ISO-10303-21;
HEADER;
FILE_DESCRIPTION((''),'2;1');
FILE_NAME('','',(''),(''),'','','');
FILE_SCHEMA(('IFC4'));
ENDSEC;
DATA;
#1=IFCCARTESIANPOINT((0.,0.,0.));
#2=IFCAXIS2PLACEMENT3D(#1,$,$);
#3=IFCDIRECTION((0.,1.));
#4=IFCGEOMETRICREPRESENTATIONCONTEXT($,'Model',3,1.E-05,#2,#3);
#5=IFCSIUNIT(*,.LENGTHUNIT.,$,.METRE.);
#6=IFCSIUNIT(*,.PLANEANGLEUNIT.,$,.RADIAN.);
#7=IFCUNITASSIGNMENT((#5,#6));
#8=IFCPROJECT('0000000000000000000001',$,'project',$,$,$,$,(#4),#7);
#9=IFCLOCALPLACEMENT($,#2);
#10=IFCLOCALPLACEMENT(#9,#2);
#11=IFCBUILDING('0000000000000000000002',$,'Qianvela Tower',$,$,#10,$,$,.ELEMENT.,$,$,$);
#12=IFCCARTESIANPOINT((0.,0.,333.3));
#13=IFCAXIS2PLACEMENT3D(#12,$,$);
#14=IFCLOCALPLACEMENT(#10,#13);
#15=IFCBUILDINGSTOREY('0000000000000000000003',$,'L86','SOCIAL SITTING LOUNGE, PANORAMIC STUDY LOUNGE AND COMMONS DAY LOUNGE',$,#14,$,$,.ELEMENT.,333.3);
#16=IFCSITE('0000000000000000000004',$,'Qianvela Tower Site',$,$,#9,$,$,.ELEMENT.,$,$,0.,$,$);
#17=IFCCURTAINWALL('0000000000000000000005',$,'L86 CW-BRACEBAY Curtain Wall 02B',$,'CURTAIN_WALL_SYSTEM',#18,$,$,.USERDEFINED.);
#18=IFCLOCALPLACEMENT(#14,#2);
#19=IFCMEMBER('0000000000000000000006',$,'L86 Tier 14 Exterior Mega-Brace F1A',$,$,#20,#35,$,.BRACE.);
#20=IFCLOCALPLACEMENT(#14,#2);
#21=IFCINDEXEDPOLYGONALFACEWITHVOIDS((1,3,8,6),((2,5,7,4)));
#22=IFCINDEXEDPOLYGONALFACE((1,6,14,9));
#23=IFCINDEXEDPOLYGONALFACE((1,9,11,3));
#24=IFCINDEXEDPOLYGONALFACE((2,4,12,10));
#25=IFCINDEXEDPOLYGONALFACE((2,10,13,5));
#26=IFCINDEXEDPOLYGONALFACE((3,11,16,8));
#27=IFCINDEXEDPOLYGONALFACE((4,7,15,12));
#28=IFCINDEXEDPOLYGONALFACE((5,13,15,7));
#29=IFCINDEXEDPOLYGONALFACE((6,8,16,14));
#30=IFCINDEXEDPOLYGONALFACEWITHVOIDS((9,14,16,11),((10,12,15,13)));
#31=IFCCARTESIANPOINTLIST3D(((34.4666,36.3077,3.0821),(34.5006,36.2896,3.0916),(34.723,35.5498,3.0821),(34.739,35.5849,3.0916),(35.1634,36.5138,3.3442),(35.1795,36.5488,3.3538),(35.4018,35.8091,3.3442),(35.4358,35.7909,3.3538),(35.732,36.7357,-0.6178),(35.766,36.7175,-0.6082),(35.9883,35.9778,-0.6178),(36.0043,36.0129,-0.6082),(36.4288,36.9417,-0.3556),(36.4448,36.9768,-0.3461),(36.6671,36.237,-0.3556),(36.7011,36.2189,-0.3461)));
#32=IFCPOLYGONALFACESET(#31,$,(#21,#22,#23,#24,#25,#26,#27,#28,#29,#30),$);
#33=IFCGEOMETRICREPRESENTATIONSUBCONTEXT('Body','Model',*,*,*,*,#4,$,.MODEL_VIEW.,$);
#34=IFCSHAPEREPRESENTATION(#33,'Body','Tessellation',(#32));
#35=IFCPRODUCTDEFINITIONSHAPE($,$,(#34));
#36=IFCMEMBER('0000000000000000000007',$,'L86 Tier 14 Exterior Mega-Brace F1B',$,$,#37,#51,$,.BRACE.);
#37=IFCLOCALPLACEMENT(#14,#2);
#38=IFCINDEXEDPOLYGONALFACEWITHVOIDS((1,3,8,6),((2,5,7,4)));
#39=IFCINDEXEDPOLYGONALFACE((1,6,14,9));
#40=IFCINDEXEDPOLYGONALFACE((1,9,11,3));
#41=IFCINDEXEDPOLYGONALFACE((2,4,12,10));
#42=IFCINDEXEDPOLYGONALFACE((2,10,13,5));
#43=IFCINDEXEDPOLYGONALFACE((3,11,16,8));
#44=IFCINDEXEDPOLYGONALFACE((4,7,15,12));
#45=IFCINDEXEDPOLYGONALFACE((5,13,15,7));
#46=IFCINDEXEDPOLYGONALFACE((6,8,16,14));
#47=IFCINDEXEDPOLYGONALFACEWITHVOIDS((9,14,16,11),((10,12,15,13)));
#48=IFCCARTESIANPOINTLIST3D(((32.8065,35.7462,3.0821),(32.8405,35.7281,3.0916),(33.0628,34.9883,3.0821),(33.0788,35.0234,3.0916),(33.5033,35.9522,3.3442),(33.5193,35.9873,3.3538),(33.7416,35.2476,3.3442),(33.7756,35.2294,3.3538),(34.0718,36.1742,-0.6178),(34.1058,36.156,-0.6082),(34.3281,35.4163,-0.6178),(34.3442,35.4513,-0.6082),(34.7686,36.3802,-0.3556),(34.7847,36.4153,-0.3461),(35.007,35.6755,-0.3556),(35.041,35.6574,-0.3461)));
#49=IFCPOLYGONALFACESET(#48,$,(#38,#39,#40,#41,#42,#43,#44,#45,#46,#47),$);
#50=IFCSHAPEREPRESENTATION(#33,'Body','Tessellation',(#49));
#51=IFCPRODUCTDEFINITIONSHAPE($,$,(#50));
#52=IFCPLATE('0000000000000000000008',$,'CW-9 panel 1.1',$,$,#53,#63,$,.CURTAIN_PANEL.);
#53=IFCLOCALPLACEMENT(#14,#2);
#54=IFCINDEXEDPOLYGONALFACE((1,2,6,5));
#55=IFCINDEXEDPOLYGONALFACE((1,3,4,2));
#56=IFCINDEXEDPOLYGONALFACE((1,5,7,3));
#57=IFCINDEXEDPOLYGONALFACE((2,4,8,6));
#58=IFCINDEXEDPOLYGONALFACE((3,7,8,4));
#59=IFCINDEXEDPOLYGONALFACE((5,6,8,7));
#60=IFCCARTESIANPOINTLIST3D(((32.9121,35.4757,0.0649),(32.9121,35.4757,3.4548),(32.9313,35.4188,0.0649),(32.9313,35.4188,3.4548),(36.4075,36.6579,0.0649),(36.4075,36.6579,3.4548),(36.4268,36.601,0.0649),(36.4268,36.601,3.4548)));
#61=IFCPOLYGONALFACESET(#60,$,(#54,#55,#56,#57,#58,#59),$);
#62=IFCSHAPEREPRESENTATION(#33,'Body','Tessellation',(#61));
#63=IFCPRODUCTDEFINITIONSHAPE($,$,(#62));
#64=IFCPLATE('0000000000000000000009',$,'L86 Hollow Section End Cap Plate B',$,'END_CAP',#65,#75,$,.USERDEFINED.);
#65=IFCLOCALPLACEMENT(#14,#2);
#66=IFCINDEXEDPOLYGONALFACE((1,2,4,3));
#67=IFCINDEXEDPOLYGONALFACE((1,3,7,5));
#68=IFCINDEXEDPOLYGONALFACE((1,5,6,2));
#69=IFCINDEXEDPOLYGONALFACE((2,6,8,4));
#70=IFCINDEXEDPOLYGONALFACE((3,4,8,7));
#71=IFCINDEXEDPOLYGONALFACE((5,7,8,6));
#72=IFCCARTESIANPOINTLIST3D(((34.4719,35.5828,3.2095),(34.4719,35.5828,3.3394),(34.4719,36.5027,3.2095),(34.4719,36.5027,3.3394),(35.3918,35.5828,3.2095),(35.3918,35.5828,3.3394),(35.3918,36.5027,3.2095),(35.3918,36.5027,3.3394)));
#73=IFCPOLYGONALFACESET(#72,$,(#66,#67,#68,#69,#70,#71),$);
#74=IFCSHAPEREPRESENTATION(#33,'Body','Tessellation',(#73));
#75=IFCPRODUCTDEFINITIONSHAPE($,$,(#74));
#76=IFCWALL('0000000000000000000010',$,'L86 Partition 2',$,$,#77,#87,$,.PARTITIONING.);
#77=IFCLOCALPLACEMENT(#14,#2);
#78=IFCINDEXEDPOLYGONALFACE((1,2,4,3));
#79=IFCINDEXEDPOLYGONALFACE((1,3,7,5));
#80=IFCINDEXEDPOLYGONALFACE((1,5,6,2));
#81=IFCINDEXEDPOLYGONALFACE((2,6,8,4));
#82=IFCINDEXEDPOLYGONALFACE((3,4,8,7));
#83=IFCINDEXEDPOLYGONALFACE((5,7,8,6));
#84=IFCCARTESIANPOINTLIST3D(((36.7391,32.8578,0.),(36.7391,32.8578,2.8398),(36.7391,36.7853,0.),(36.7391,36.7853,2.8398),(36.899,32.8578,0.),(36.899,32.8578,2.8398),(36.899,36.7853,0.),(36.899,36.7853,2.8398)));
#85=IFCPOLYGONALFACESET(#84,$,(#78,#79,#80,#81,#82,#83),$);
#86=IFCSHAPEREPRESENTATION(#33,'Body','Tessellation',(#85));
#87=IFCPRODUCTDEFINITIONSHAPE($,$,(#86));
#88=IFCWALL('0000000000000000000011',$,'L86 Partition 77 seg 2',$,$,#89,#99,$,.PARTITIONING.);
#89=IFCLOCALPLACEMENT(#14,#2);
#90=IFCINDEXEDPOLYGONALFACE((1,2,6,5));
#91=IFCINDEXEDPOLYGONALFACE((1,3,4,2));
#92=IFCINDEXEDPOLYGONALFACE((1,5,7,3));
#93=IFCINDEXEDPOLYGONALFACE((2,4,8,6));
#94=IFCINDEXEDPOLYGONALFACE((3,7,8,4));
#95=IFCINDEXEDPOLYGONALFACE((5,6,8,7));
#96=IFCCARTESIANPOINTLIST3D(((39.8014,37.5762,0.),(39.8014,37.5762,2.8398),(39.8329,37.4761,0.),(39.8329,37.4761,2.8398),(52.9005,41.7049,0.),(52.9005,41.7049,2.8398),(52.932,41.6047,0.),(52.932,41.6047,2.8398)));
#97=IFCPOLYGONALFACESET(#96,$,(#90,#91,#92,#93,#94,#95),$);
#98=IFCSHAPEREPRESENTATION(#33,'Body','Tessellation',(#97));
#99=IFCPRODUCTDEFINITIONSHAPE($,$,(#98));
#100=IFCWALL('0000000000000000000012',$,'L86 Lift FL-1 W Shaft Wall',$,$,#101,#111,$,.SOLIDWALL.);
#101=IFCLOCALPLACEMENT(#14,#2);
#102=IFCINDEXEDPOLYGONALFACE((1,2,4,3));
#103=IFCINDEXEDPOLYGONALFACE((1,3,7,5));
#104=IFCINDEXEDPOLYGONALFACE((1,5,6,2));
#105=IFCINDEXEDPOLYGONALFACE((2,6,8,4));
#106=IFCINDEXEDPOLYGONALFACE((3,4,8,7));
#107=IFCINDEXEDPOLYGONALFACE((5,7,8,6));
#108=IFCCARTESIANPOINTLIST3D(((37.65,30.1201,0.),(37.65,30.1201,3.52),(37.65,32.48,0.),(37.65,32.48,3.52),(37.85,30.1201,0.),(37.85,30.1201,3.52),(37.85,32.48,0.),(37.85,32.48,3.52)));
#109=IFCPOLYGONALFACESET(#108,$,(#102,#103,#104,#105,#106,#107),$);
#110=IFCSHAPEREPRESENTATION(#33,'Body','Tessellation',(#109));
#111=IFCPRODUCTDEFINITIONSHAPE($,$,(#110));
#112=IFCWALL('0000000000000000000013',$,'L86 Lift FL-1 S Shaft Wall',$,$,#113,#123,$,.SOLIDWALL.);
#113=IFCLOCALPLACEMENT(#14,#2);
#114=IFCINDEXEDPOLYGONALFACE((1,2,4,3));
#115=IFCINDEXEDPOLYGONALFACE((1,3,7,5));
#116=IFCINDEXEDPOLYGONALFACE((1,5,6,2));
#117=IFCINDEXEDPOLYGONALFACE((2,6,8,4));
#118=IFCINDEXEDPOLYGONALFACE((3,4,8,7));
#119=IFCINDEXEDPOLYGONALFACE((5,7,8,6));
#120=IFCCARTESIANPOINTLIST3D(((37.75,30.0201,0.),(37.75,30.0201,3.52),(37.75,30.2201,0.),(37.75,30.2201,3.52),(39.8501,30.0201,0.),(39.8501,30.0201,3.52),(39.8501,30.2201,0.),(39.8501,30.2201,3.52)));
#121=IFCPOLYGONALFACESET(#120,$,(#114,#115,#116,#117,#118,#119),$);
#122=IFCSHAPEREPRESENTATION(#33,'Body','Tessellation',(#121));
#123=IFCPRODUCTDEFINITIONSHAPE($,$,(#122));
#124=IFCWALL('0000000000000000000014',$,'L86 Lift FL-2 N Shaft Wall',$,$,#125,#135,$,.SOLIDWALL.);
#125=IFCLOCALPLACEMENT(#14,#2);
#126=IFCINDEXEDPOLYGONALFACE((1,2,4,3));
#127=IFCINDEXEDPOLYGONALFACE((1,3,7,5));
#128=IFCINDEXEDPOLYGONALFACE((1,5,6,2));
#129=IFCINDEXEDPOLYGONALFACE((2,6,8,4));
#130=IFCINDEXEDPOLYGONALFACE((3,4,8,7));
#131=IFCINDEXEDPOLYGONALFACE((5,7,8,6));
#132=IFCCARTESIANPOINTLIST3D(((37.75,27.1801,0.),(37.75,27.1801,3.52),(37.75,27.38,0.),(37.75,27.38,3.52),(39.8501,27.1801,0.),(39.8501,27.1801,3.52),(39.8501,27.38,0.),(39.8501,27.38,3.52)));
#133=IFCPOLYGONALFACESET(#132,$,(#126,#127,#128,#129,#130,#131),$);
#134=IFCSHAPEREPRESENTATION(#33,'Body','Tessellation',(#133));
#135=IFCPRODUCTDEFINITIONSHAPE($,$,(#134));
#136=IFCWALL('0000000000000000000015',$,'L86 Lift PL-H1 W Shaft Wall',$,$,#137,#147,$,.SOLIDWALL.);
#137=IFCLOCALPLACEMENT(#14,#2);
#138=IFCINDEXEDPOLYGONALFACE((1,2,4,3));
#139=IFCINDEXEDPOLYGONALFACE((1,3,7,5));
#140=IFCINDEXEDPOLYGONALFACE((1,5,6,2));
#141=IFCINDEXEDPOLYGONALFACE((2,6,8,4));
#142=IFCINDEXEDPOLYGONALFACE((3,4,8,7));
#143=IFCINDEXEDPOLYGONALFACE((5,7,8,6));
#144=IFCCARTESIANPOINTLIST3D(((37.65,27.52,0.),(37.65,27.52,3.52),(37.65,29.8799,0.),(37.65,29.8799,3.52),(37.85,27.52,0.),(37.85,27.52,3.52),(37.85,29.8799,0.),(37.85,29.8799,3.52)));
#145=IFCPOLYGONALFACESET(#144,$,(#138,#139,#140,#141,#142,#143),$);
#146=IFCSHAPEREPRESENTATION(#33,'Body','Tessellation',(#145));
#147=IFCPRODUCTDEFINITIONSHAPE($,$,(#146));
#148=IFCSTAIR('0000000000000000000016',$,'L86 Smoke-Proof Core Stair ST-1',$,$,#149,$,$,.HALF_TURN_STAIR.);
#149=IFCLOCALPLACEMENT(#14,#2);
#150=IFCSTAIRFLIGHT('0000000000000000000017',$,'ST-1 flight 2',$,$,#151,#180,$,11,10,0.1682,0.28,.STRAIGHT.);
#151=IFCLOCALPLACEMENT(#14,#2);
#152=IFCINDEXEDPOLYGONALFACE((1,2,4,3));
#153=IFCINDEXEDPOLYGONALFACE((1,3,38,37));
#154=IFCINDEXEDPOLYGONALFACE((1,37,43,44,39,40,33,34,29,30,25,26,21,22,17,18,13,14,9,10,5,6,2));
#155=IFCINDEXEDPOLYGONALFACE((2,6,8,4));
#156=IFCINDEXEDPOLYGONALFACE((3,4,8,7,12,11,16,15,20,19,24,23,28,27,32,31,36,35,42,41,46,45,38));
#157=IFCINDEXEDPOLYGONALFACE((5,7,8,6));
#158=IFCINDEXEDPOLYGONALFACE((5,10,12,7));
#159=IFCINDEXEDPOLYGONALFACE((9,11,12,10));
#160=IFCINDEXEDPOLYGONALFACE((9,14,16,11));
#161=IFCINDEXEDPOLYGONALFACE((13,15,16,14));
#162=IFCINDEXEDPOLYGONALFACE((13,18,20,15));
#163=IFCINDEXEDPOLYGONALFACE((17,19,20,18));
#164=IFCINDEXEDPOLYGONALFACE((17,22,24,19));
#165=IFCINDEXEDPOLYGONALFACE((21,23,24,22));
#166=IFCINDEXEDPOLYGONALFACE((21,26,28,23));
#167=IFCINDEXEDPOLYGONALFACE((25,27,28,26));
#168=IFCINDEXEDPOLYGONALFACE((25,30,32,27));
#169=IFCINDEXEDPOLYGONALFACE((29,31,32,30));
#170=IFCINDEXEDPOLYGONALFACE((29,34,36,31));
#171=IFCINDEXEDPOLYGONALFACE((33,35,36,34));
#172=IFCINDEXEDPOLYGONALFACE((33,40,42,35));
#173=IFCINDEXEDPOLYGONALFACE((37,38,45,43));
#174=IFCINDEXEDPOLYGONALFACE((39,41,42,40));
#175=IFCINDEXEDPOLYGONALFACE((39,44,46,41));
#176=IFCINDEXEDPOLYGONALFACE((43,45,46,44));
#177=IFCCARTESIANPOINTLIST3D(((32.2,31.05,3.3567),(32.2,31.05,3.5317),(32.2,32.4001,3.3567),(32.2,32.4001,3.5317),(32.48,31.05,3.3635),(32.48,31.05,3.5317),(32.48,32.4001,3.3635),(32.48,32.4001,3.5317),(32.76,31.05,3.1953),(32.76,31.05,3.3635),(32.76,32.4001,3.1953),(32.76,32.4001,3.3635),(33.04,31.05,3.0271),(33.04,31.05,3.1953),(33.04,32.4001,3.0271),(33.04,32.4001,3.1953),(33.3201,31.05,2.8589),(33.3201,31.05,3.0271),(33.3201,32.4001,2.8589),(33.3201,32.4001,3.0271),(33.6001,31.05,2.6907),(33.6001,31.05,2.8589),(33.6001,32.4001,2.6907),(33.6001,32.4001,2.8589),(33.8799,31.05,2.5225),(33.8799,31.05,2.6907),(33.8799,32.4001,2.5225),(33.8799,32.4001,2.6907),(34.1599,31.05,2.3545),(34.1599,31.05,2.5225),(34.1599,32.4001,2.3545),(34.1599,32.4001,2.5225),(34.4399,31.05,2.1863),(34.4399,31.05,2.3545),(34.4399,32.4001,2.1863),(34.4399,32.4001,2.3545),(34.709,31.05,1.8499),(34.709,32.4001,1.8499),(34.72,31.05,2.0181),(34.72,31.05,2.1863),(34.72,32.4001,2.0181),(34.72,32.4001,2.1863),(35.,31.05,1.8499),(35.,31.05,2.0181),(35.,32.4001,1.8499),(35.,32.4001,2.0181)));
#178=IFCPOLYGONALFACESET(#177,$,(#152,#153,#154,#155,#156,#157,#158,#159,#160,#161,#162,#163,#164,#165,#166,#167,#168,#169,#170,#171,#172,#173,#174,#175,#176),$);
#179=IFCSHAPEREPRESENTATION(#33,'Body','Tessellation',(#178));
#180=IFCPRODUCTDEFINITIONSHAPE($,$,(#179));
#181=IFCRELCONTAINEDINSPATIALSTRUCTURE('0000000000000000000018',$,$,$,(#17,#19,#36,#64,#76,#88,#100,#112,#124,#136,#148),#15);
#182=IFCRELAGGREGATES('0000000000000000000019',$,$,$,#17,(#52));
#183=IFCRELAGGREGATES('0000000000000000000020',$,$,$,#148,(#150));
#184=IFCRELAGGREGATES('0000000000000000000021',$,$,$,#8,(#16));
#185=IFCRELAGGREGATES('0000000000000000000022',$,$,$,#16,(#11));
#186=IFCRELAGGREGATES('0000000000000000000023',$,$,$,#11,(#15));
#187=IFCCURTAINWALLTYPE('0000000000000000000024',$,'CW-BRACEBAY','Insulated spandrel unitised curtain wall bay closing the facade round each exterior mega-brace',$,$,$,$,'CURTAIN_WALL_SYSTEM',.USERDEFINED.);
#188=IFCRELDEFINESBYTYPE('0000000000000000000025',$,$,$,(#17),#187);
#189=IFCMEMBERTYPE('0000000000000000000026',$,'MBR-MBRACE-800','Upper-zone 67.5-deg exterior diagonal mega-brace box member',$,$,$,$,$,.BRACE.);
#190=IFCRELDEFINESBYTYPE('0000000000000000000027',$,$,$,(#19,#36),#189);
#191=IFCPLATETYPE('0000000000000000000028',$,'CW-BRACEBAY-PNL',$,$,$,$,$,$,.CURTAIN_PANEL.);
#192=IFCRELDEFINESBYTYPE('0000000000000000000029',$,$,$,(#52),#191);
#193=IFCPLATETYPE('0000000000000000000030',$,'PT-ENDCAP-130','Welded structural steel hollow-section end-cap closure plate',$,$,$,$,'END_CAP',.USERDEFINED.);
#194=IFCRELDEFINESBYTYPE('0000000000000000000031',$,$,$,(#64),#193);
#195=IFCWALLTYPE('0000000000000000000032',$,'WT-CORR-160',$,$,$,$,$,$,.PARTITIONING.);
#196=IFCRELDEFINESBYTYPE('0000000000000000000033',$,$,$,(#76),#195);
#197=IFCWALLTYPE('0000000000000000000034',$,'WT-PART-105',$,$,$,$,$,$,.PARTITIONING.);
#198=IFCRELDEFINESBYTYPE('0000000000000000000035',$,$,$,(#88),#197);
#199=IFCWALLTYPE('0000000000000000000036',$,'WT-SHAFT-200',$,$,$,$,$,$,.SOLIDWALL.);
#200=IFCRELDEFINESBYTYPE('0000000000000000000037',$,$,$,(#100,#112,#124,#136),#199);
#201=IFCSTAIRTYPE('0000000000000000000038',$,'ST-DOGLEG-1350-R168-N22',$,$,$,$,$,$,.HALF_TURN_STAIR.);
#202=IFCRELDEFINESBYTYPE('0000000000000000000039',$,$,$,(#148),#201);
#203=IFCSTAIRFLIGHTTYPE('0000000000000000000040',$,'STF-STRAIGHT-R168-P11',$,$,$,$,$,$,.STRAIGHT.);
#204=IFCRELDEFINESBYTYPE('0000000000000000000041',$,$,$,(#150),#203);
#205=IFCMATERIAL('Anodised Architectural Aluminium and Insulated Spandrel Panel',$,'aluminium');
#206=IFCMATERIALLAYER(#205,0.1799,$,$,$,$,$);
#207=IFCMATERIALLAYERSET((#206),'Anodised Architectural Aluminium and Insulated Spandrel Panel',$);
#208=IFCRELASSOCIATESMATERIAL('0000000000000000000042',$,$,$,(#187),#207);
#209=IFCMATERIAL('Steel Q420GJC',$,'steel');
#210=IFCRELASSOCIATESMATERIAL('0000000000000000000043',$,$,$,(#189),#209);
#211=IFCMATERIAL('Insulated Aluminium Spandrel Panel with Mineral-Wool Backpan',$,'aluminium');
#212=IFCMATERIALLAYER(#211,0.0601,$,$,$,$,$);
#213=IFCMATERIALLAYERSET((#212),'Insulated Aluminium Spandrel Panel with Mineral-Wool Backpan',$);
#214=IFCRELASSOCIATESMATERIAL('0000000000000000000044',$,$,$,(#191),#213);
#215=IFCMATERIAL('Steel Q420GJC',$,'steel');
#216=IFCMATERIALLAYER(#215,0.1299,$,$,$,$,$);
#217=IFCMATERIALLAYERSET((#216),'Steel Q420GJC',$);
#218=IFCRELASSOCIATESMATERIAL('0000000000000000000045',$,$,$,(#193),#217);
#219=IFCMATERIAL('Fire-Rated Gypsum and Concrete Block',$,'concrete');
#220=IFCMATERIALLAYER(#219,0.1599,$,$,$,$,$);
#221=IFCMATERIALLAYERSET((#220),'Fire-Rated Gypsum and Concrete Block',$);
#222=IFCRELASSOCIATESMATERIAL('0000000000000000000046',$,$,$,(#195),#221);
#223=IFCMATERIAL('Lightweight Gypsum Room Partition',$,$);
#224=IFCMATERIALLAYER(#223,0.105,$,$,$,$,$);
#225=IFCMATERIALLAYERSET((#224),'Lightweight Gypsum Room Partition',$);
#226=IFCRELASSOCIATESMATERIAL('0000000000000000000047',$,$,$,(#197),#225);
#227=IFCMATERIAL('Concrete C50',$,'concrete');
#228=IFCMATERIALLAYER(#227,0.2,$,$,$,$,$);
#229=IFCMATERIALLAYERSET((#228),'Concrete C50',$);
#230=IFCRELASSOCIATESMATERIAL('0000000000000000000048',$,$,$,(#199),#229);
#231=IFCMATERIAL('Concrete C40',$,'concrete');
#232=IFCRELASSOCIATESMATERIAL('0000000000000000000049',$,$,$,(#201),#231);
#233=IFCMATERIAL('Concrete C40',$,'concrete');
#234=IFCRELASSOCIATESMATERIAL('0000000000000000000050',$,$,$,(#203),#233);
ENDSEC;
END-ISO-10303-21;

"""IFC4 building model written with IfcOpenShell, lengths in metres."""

from ifc_helpers import new_model, si_unit, direction, frame, frame_2d, origin, origin_2d, place, context, subcontext, project, spatial, polyline, rectangle, hollow_rectangle, outline, extrude, material, layer, layer_set, material_profile, profile_set, type_object, element, aggregate, save


model = new_model("IFC4")

# Units and contexts
model_context = context("Model", 3, precision=1e-05, world=origin(), true_north=direction((0.0, 1.0)))
body_context = subcontext(model_context, "Body", "Model", "MODEL_VIEW")
ifc_project = project(units=[si_unit("LENGTHUNIT", "METRE"), si_unit("PLANEANGLEUNIT", "RADIAN")], contexts=[model_context])

# Site, building, storey
site_placement = place(None, origin())
site = spatial("IfcSite", under=ifc_project, at=site_placement, Name="Qianvela Tower Site", CompositionType="ELEMENT", RefElevation=0.0)
building_placement = place(site_placement, origin())
building = spatial("IfcBuilding", under=site, at=building_placement, Name="Qianvela Tower", CompositionType="ELEMENT")
storey_placement = place(building_placement, frame((0.0, 0.0, 333.3)))
storey = spatial("IfcBuildingStorey", under=building, at=storey_placement, Name="L86", Description="SOCIAL SITTING LOUNGE, PANORAMIC STUDY LOUNGE AND COMMONS DAY LOUNGE", CompositionType="ELEMENT", Elevation=333.3)

# Curtain wall
ifc_material_1 = material(Name="Anodised Architectural Aluminium and Insulated Spandrel Panel", Category="aluminium")
ifc_layer_1 = layer(ifc_material_1, 0.1799)
ifc_layer_set_1 = layer_set([ifc_layer_1], Name="Anodised Architectural Aluminium and Insulated Spandrel Panel")
curtain_wall_type_1 = type_object("IfcCurtainWallType", Name="CW-BRACEBAY", Description="Insulated spandrel unitised curtain wall bay closing the facade round each exterior mega-brace", ElementType="CURTAIN_WALL_SYSTEM", PredefinedType="USERDEFINED", material=ifc_layer_set_1)
curtain_wall_1_placement = place(storey_placement, origin())
curtain_wall_1 = element("IfcCurtainWall", 1, at=curtain_wall_1_placement, inside=storey, type_object=curtain_wall_type_1, Name="L86 CW-BRACEBAY Curtain Wall 02B", ObjectType="CURTAIN_WALL_SYSTEM", PredefinedType="USERDEFINED")

# Members
ifc_material_2 = material(Name="Steel Q420GJC", Category="steel")
ifc_material_profile_1 = material_profile(ifc_material_2, hollow_rectangle(XDim=0.8, YDim=0.8, WallThickness=0.0281, at=origin_2d()), Name="MBOX-800x800x28")
ifc_profile_set_1 = profile_set([ifc_material_profile_1], Name="Steel Q420GJC")
member_type_1 = type_object("IfcMemberType", Name="MBR-MBRACE-800", Description="Upper-zone 67.5-deg exterior diagonal mega-brace box member", PredefinedType="BRACE", material=ifc_profile_set_1)
for number, where, z_axis, x_axis, name in (
    (2, (36.2166, 36.4773, -0.4819), (-0.321677, -0.108798, 0.940578), (0.320392, -0.947285, 0.0), "L86 Tier 14 Exterior Mega-Brace F1A"),
    (3, (34.5564, 35.9158, -0.4819), (-0.321677, -0.108798, 0.940578), (0.320392, -0.947285, 0.0), "L86 Tier 14 Exterior Mega-Brace F1B"),
):
    element("IfcMember", number, at=place(storey_placement, frame(where, z_axis=z_axis, x_axis=x_axis)), inside=storey, type_object=member_type_1, Name=name, PredefinedType="BRACE", context=body_context, shape_type="SweptSolid", body=[
        extrude(hollow_rectangle(XDim=0.8, YDim=0.8, WallThickness=0.0281, at=origin_2d()), origin(), (0.0, 0.0, 1.0), 3.9336),
    ])

# Plates
ifc_material_3 = material(Name="Insulated Aluminium Spandrel Panel with Mineral-Wool Backpan", Category="aluminium")
ifc_layer_2 = layer(ifc_material_3, 0.0601)
ifc_layer_set_2 = layer_set([ifc_layer_2], Name="Insulated Aluminium Spandrel Panel with Mineral-Wool Backpan")
plate_type_1 = type_object("IfcPlateType", Name="CW-BRACEBAY-PNL", PredefinedType="CURTAIN_PANEL", material=ifc_layer_set_2)
plate_1_placement = place(storey_placement, frame((34.6694, 36.0383, 0.0649), z_axis=(0.0, 0.0, 1.0), x_axis=(-0.947284, -0.320395, 0.0)))
plate_1 = element("IfcPlate", 4, at=plate_1_placement, type_object=plate_type_1, Name="CW-9 panel 1.1", PredefinedType="CURTAIN_PANEL", context=body_context, shape_type="SweptSolid", body=[
    extrude(rectangle(XDim=3.6899, YDim=0.0601, at=origin_2d()), origin(), (0.0, 0.0, 1.0), 3.3899),
])
aggregate(curtain_wall_1, [plate_1])
ifc_material_4 = material(Name="Steel Q420GJC", Category="steel")
ifc_layer_3 = layer(ifc_material_4, 0.1299)
ifc_layer_set_3 = layer_set([ifc_layer_3], Name="Steel Q420GJC")
plate_type_2 = type_object("IfcPlateType", Name="PT-ENDCAP-130", Description="Welded structural steel hollow-section end-cap closure plate", ElementType="END_CAP", PredefinedType="USERDEFINED", material=ifc_layer_set_3)
plate_2_placement = place(storey_placement, frame((34.9319, 36.0427, 3.2095), z_axis=(0.0, 0.0, 1.0), x_axis=(1.0, 0.0, 0.0)))
element("IfcPlate", 5, at=plate_2_placement, inside=storey, type_object=plate_type_2, Name="L86 Hollow Section End Cap Plate B", ObjectType="END_CAP", PredefinedType="USERDEFINED", context=body_context, shape_type="SweptSolid", body=[
    extrude(rectangle(XDim=0.9199, YDim=0.9199, at=origin_2d()), origin(), (0.0, 0.0, 1.0), 0.1299),
])

# Walls
ifc_material_5 = material(Name="Fire-Rated Gypsum and Concrete Block", Category="concrete")
ifc_layer_4 = layer(ifc_material_5, 0.1599)
ifc_layer_set_4 = layer_set([ifc_layer_4], Name="Fire-Rated Gypsum and Concrete Block")
wall_type_1 = type_object("IfcWallType", Name="WT-CORR-160", PredefinedType="PARTITIONING", material=ifc_layer_set_4)
wall_1_placement = place(storey_placement, frame((36.8191, 36.7854, 0.0), z_axis=(0.0, 0.0, 1.0), x_axis=(0.0, -1.0, 0.0)))
element("IfcWall", 6, at=wall_1_placement, inside=storey, type_object=wall_type_1, Name="L86 Partition 2", PredefinedType="PARTITIONING", context=body_context, shape_type="SweptSolid", body=[
    extrude(rectangle(XDim=3.9275, YDim=0.1599, at=frame_2d((1.9639, 0.0))), origin(), (0.0, 0.0, 1.0), 2.8398),
])
ifc_material_6 = material(Name="Lightweight Gypsum Room Partition")
ifc_layer_5 = layer(ifc_material_6, 0.105)
ifc_layer_set_5 = layer_set([ifc_layer_5], Name="Lightweight Gypsum Room Partition")
wall_type_2 = type_object("IfcWallType", Name="WT-PART-105", PredefinedType="PARTITIONING", material=ifc_layer_set_5)
wall_2_placement = place(storey_placement, frame((39.8171, 37.5261, 0.0), z_axis=(0.0, 0.0, 1.0), x_axis=(0.953748, 0.300608, 0.0)))
element("IfcWall", 7, at=wall_2_placement, inside=storey, type_object=wall_type_2, Name="L86 Partition 77 seg 2", PredefinedType="PARTITIONING", context=body_context, shape_type="SweptSolid", body=[
    extrude(rectangle(XDim=13.7344, YDim=0.105, at=frame_2d((6.8672, 0.0))), origin(), (0.0, 0.0, 1.0), 2.8398),
])

# Shared definitions
ifc_material_7 = material(Name="Concrete C50", Category="concrete")
ifc_layer_6 = layer(ifc_material_7, 0.2)
ifc_layer_set_6 = layer_set([ifc_layer_6], Name="Concrete C50")
wall_type_3 = type_object("IfcWallType", Name="WT-SHAFT-200", PredefinedType="SOLIDWALL", material=ifc_layer_set_6)

# Walls
wall_3_placement = place(storey_placement, frame((37.75, 30.1201, 0.0), z_axis=(0.0, 0.0, 1.0), x_axis=(0.0, 1.0, 0.0)))
element("IfcWall", 8, at=wall_3_placement, inside=storey, type_object=wall_type_3, Name="L86 Lift FL-1 W Shaft Wall", PredefinedType="SOLIDWALL", context=body_context, shape_type="SweptSolid", body=[
    extrude(rectangle(XDim=2.3599, YDim=0.2, at=frame_2d((1.1799, 0.0))), origin(), (0.0, 0.0, 1.0), 3.52),
])
for number, where, z_axis, x_axis, name in (
    (9, (37.75, 30.1201, 0.0), (0.0, 0.0, 1.0), (1.0, 0.0, 0.0), "L86 Lift FL-1 S Shaft Wall"),
    (10, (37.75, 27.28, 0.0), (0.0, 0.0, 1.0), (1.0, 0.0, 0.0), "L86 Lift FL-2 N Shaft Wall"),
):
    element("IfcWall", number, at=place(storey_placement, frame(where, z_axis=z_axis, x_axis=x_axis)), inside=storey, type_object=wall_type_3, Name=name, PredefinedType="SOLIDWALL", context=body_context, shape_type="SweptSolid", body=[
        extrude(rectangle(XDim=2.1001, YDim=0.2, at=frame_2d((1.05, 0.0))), origin(), (0.0, 0.0, 1.0), 3.52),
    ])

# Wall
wall_4_placement = place(storey_placement, frame((37.75, 27.52, 0.0), z_axis=(0.0, 0.0, 1.0), x_axis=(0.0, 1.0, 0.0)))
element("IfcWall", 11, at=wall_4_placement, inside=storey, type_object=wall_type_3, Name="L86 Lift PL-H1 W Shaft Wall", PredefinedType="SOLIDWALL", context=body_context, shape_type="SweptSolid", body=[
    extrude(rectangle(XDim=2.3599, YDim=0.2, at=frame_2d((1.1799, 0.0))), origin(), (0.0, 0.0, 1.0), 3.52),
])

# Stair, stair flight
ifc_material_8 = material(Name="Concrete C40", Category="concrete")
stair_type = type_object("IfcStairType", Name="ST-DOGLEG-1350-R168-N22", PredefinedType="HALF_TURN_STAIR", material=ifc_material_8)
stair_placement = place(storey_placement, origin())
stair = element("IfcStair", 12, at=stair_placement, inside=storey, type_object=stair_type, Name="L86 Smoke-Proof Core Stair ST-1", PredefinedType="HALF_TURN_STAIR")
ifc_material_9 = material(Name="Concrete C40", Category="concrete")
stair_flight_type = type_object("IfcStairFlightType", Name="STF-STRAIGHT-R168-P11", PredefinedType="STRAIGHT", material=ifc_material_9)
stair_flight_placement = place(storey_placement, frame((35.0, 31.7251, 1.8499), z_axis=(0.0, 0.0, 1.0), x_axis=(-1.0, 0.0, 0.0)))
stair_flight = element("IfcStairFlight", 13, at=stair_flight_placement, type_object=stair_flight_type, Name="ST-1 flight 2", NumberOfRisers=11, NumberOfTreads=10, PredefinedType="STRAIGHT", RiserHeight=0.1682, TreadLength=0.28, context=body_context, shape_type="SweptSolid", body=[
    extrude(outline(polyline([(0.0, 0.0), (0.0, 0.1682), (0.28, 0.1682), (0.28, 0.3364), (0.5601, 0.3364), (0.5601, 0.5046), (0.8401, 0.5046), (0.8401, 0.6726), (1.1201, 0.6726), (1.1201, 0.8408), (1.3999, 0.8408), (1.3999, 1.009), (1.6799, 1.009), (1.6799, 1.1772), (1.96, 1.1772), (1.96, 1.3455), (2.24, 1.3455), (2.24, 1.5137), (2.52, 1.5137), (2.52, 1.6819), (2.8, 1.6819), (2.8, 1.8501), (2.8, 1.5068), (0.291, 0.0), (0.0, 0.0)])), frame((0.0, 0.675, 0.0), z_axis=(0.0, -1.0, 0.0), x_axis=(1.0, 0.0, 0.0)), (0.0, 0.0, 1.0), 1.3501),
])
aggregate(stair, [stair_flight])

save(model, "model.ifc")
